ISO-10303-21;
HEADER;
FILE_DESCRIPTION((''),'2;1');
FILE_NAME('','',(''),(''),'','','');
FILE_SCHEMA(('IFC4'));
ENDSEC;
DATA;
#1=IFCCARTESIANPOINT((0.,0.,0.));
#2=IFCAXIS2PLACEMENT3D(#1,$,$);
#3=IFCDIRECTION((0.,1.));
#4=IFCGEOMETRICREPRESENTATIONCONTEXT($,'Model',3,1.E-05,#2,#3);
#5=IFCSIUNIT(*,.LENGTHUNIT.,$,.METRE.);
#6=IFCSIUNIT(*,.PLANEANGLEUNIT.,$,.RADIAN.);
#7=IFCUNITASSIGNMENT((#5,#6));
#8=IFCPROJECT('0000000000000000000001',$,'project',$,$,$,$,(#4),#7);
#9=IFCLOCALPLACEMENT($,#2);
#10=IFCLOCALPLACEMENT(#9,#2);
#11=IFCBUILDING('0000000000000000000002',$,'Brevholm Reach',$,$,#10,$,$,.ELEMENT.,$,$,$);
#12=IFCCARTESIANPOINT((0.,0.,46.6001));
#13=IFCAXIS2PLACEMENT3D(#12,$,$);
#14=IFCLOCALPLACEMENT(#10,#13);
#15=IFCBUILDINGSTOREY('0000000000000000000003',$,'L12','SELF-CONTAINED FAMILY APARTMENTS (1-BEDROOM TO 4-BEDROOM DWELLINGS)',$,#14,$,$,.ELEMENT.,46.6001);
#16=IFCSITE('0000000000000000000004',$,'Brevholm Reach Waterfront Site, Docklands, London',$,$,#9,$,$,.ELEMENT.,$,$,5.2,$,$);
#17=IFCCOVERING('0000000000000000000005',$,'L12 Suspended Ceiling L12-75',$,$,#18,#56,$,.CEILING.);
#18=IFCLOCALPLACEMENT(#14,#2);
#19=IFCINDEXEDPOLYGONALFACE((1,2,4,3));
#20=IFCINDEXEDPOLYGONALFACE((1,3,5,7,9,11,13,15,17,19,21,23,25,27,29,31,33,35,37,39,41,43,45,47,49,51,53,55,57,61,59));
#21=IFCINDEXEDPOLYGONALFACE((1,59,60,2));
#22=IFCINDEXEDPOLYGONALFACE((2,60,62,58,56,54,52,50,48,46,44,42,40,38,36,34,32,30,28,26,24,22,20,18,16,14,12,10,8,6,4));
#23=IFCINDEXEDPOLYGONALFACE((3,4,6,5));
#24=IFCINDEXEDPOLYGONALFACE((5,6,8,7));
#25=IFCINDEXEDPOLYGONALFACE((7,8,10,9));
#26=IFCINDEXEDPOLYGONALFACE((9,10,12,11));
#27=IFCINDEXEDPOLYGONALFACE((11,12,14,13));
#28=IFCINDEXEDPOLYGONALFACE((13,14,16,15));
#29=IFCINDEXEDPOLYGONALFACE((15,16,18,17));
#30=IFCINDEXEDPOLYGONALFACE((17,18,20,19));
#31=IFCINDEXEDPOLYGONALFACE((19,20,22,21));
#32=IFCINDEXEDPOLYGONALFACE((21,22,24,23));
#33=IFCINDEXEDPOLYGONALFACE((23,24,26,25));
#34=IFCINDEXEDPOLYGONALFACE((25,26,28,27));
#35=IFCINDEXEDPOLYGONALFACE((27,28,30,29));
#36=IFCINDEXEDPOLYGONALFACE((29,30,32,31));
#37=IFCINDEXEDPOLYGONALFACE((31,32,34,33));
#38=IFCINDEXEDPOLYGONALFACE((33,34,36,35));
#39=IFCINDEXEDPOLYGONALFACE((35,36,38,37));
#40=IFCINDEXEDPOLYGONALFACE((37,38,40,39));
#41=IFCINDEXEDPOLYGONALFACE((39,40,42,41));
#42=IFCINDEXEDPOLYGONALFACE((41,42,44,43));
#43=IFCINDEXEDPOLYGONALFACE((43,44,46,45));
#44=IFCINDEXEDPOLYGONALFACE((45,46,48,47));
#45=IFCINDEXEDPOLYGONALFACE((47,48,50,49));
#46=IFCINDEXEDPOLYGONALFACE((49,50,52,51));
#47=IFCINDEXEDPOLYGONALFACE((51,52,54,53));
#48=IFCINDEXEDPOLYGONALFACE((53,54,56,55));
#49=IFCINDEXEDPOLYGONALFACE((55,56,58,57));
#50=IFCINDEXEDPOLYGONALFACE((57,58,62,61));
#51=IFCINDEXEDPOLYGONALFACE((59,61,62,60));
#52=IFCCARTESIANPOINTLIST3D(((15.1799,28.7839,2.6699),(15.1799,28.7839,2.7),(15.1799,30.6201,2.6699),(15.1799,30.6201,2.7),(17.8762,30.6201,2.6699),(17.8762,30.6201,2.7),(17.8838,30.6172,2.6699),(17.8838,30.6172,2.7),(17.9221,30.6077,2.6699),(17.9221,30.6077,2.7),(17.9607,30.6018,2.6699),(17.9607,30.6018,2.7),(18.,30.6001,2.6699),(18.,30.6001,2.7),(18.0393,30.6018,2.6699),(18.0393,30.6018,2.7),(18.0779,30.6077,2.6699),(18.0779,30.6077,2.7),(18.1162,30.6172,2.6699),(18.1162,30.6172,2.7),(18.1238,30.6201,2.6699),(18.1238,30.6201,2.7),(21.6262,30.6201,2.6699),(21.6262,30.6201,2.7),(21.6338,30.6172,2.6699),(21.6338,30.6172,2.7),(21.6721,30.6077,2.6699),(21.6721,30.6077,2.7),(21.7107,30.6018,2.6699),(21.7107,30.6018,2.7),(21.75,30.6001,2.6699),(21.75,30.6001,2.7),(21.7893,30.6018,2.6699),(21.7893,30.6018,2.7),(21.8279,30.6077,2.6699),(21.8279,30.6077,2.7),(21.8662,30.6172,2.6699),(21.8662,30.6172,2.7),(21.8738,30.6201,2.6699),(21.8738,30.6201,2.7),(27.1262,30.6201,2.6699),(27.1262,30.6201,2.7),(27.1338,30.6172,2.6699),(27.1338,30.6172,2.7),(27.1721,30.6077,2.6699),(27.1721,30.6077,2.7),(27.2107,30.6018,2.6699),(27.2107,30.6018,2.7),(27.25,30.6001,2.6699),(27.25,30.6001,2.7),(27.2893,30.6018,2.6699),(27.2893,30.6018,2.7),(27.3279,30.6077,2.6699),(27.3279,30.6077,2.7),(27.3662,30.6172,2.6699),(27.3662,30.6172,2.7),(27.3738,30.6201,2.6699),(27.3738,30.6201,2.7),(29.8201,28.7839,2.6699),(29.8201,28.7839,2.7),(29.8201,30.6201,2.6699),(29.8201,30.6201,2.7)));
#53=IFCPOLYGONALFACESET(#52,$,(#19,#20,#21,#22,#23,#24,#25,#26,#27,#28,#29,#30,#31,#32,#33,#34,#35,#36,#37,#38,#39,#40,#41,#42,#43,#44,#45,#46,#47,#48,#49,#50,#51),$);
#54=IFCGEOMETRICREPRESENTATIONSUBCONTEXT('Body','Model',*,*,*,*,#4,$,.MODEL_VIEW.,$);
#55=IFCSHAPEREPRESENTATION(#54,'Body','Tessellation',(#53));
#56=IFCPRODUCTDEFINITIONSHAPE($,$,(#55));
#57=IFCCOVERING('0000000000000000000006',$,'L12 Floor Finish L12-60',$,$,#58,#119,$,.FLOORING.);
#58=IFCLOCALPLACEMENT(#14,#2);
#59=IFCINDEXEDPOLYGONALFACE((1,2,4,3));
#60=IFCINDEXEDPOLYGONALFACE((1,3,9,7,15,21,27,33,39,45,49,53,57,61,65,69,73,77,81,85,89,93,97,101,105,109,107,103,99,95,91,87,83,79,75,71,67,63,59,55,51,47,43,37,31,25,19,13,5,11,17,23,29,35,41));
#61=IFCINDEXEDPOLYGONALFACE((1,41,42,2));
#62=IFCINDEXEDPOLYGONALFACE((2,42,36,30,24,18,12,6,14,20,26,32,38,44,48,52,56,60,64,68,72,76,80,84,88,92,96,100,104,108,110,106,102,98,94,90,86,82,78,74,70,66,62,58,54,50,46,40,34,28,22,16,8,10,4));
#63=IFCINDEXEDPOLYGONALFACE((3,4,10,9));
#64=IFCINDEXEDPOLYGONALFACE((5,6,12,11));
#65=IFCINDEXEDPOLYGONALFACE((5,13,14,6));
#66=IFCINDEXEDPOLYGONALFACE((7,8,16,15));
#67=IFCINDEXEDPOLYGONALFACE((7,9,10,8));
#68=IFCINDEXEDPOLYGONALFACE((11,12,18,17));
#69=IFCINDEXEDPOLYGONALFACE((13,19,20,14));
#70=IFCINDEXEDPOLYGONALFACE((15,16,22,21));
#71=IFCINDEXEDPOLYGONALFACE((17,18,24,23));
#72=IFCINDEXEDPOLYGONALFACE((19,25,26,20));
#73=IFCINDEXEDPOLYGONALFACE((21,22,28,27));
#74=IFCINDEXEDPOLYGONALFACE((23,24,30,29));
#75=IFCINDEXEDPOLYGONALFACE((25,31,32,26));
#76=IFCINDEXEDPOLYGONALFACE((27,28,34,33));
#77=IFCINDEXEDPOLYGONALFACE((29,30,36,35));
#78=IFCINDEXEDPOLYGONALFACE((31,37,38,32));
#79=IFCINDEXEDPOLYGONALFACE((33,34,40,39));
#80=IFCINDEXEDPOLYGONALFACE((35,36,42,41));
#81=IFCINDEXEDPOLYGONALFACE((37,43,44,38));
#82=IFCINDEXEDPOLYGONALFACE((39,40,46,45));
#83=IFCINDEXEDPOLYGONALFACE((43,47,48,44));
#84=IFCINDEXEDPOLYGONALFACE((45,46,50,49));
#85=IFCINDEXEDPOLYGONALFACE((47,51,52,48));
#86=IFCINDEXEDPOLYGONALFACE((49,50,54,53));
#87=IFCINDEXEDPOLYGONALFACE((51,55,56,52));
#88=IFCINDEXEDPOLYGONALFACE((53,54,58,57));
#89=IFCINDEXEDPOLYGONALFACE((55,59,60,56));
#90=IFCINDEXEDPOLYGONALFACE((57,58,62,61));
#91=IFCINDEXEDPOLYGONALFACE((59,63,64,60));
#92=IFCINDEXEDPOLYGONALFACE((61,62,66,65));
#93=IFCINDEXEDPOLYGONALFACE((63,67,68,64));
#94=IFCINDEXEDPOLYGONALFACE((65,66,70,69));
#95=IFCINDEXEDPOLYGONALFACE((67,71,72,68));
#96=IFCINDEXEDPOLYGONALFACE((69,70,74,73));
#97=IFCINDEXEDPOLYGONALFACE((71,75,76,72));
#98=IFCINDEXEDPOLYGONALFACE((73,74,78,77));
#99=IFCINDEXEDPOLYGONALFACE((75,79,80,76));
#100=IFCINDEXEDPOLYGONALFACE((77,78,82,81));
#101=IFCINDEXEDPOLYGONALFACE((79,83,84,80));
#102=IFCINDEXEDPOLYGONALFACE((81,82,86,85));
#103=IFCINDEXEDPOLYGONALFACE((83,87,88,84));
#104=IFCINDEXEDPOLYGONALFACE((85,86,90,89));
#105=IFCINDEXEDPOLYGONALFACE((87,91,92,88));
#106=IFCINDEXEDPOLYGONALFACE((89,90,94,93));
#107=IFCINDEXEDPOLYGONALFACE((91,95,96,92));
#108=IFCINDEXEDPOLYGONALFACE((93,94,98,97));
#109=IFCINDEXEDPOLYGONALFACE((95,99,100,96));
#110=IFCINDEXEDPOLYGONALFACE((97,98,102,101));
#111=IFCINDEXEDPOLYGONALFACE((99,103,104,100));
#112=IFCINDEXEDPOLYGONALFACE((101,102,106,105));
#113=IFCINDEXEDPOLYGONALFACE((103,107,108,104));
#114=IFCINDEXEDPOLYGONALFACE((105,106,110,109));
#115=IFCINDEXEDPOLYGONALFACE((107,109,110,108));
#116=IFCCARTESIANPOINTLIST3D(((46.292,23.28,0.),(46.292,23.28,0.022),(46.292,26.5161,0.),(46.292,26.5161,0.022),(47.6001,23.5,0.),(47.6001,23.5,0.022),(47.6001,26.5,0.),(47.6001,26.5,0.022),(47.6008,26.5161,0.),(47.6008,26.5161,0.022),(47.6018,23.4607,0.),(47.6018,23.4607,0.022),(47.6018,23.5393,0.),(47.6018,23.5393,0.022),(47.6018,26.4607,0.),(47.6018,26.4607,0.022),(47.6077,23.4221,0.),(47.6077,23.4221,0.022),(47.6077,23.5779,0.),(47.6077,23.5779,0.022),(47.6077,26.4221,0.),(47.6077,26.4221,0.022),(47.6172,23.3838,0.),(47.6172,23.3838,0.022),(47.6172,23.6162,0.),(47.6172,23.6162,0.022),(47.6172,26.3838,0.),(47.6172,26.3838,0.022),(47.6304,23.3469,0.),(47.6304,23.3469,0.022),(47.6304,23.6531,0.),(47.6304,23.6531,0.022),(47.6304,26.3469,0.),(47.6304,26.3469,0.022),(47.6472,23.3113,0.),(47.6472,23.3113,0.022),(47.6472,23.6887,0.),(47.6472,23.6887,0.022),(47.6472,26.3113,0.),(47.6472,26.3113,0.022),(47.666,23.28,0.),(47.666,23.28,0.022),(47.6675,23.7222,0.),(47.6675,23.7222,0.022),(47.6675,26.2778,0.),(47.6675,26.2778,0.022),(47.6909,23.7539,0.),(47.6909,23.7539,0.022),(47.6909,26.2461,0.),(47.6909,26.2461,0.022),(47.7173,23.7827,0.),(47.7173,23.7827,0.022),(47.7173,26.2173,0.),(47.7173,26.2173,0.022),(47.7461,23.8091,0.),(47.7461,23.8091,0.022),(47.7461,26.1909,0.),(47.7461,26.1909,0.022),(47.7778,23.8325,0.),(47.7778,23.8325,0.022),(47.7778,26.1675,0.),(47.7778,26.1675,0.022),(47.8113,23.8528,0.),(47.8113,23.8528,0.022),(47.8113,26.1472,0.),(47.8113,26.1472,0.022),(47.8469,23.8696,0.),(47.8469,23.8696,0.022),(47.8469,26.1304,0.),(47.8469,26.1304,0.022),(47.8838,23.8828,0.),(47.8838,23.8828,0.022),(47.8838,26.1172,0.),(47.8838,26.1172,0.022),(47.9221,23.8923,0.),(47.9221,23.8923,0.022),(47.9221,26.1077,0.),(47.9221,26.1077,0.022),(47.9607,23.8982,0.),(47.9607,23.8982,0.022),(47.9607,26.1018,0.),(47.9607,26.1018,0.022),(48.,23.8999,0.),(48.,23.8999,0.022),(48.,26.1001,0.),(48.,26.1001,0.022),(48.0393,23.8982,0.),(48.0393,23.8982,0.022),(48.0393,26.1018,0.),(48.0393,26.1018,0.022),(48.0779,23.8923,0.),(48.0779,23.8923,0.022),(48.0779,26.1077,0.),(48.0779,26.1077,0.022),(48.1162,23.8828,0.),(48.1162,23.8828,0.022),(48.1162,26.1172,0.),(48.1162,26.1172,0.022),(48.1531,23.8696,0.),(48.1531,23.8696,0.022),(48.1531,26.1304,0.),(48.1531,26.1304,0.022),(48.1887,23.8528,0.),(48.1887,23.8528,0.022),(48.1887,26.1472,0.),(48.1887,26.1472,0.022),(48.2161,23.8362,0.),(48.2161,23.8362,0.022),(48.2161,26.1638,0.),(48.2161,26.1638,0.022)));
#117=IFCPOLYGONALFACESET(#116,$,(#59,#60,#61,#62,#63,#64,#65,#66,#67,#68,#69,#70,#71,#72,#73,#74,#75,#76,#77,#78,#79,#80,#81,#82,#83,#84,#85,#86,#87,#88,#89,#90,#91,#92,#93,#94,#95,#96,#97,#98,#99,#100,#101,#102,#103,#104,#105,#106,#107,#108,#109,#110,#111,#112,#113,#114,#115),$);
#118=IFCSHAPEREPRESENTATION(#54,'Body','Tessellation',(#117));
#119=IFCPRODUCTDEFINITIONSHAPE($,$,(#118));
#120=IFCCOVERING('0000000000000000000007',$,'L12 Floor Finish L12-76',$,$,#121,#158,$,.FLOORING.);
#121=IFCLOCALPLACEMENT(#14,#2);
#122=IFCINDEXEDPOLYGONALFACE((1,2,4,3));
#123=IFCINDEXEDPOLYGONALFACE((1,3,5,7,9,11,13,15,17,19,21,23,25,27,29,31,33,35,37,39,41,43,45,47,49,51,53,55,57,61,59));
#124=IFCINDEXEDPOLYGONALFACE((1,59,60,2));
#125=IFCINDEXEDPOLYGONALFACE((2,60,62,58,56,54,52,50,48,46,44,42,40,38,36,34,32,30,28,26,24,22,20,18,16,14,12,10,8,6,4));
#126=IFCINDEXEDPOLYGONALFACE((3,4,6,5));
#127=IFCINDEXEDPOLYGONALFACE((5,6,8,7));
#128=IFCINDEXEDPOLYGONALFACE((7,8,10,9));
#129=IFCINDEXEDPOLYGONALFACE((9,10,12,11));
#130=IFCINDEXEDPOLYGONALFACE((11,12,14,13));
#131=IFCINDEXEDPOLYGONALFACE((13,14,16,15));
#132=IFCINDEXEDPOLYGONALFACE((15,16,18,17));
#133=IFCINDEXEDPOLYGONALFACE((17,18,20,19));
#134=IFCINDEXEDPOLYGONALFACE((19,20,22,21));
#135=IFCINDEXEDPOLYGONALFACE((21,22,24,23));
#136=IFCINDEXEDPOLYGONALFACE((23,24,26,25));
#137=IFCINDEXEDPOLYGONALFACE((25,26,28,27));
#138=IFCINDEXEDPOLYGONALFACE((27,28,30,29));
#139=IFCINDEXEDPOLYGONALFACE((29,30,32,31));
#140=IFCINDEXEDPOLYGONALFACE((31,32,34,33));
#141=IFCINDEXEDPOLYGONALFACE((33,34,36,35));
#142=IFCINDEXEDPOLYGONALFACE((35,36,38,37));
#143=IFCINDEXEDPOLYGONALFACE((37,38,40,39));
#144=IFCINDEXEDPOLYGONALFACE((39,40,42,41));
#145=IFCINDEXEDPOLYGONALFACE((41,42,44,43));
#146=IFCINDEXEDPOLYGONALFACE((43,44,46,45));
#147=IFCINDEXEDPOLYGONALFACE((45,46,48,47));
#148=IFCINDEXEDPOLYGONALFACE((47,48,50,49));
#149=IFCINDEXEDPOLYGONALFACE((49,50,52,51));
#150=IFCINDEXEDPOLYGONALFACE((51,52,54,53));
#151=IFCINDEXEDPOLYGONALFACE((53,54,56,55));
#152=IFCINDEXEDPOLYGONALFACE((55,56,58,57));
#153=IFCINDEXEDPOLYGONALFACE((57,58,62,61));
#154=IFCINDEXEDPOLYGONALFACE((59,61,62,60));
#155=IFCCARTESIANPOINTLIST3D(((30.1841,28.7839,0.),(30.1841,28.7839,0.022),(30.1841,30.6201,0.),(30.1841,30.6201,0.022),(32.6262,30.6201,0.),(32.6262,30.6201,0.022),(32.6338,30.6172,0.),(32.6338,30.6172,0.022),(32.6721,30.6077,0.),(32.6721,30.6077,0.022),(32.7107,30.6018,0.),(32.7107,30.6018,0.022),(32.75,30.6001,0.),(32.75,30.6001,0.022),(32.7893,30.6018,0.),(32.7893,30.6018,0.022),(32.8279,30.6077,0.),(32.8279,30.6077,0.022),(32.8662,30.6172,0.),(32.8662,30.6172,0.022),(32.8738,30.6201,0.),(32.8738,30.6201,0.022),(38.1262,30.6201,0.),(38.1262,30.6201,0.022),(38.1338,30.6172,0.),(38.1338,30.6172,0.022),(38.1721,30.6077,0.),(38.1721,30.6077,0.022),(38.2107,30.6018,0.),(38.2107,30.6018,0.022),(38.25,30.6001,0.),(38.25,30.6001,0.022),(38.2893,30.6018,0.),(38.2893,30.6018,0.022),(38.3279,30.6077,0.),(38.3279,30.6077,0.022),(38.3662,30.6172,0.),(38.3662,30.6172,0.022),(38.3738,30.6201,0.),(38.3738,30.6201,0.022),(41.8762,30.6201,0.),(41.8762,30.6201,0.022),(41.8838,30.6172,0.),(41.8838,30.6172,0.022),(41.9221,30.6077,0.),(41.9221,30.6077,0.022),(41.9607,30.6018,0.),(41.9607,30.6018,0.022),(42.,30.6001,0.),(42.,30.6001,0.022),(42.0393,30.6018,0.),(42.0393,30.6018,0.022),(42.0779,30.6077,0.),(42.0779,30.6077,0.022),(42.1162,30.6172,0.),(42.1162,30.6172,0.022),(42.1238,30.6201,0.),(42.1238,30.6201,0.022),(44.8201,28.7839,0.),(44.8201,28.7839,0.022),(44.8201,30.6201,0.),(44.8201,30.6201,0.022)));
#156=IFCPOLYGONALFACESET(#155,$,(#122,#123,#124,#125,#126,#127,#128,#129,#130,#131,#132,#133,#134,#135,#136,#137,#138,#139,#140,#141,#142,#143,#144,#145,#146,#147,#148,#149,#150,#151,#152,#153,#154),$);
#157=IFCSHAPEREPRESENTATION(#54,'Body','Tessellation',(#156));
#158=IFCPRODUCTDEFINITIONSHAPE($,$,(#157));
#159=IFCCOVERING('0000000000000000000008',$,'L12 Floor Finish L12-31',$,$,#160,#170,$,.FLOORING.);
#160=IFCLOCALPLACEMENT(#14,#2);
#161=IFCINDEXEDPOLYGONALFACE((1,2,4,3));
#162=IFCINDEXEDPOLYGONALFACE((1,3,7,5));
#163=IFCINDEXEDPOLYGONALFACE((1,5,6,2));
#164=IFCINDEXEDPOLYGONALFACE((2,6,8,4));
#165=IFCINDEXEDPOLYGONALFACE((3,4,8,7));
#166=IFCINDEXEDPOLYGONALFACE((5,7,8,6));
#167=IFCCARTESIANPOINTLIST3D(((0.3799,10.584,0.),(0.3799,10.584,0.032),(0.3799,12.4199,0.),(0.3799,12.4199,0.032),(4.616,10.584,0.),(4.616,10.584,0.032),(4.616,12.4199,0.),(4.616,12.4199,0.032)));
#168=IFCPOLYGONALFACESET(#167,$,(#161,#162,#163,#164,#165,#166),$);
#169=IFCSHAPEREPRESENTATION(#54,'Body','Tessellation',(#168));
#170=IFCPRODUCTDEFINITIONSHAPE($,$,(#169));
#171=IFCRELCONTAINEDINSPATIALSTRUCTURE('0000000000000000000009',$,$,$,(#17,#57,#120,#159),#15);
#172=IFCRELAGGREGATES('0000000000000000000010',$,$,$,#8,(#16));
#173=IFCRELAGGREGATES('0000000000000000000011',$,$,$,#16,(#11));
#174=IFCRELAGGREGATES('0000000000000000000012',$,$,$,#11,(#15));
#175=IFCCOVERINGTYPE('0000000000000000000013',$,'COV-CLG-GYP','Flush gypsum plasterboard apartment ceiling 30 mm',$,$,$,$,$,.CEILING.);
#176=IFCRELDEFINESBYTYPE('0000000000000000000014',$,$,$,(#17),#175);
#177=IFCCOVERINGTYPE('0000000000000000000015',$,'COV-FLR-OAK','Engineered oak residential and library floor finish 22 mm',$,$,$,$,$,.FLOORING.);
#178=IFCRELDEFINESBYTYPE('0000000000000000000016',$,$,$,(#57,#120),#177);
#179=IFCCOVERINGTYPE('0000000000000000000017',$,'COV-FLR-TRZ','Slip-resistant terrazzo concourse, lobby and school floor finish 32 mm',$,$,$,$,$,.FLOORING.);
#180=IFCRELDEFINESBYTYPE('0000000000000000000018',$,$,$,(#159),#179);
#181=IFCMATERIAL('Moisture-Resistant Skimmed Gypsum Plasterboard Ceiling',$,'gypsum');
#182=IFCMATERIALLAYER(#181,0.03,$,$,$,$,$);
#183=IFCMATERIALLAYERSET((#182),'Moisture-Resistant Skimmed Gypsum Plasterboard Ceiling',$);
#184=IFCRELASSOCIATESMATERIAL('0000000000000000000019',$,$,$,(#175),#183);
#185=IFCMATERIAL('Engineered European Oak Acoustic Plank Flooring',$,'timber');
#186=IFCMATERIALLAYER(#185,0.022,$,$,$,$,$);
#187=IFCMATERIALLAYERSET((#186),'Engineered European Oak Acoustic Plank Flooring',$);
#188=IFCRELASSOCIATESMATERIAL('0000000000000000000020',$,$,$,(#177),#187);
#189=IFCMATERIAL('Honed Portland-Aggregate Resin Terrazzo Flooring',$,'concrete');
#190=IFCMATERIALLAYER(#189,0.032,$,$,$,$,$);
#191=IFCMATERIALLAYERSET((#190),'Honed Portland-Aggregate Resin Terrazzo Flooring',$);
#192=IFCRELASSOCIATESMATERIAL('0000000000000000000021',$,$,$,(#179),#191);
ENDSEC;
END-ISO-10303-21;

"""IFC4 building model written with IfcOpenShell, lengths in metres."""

from ifc_helpers import new_model, si_unit, direction, frame, origin, place, context, subcontext, project, spatial, polyline, outline, extrude, material, layer, layer_set, type_object, element, save


model = new_model("IFC4")

# Units and contexts
model_context = context("Model", 3, precision=1e-05, world=origin(), true_north=direction((0.0, 1.0)))
body_context = subcontext(model_context, "Body", "Model", "MODEL_VIEW")
ifc_project = project(units=[si_unit("LENGTHUNIT", "METRE"), si_unit("PLANEANGLEUNIT", "RADIAN")], contexts=[model_context])

# Site, building, storey
site_placement = place(None, origin())
site = spatial("IfcSite", under=ifc_project, at=site_placement, Name="Brevholm Reach Waterfront Site, Docklands, London", CompositionType="ELEMENT", RefElevation=5.2)
building_placement = place(site_placement, origin())
building = spatial("IfcBuilding", under=site, at=building_placement, Name="Brevholm Reach", CompositionType="ELEMENT")
storey_placement = place(building_placement, frame((0.0, 0.0, 46.6001)))
storey = spatial("IfcBuildingStorey", under=building, at=storey_placement, Name="L12", Description="SELF-CONTAINED FAMILY APARTMENTS (1-BEDROOM TO 4-BEDROOM DWELLINGS)", CompositionType="ELEMENT", Elevation=46.6001)

# Coverings
ifc_material_1 = material(Name="Moisture-Resistant Skimmed Gypsum Plasterboard Ceiling", Category="gypsum")
ifc_layer_1 = layer(ifc_material_1, 0.03)
ifc_layer_set_1 = layer_set([ifc_layer_1], Name="Moisture-Resistant Skimmed Gypsum Plasterboard Ceiling")
covering_type_1 = type_object("IfcCoveringType", Name="COV-CLG-GYP", Description="Flush gypsum plasterboard apartment ceiling 30 mm", PredefinedType="CEILING", material=ifc_layer_set_1)
covering_1_placement = place(storey_placement, frame((0.0, 0.0, 2.6699)))
element("IfcCovering", 1, at=covering_1_placement, inside=storey, type_object=covering_type_1, Name="L12 Suspended Ceiling L12-75", PredefinedType="CEILING", context=body_context, shape_type="SweptSolid", body=[
    extrude(outline(polyline([(15.1799, 30.6201), (17.8762, 30.6201), (17.8838, 30.6172), (17.9221, 30.6077), (17.9607, 30.6018), (18.0, 30.6001), (18.0393, 30.6018), (18.0779, 30.6077), (18.1162, 30.6172), (18.1238, 30.6201), (21.6262, 30.6201), (21.6338, 30.6172), (21.6721, 30.6077), (21.7107, 30.6018), (21.75, 30.6001), (21.7893, 30.6018), (21.8279, 30.6077), (21.8662, 30.6172), (21.8738, 30.6201), (27.1262, 30.6201), (27.1338, 30.6172), (27.1721, 30.6077), (27.2107, 30.6018), (27.25, 30.6001), (27.2893, 30.6018), (27.3279, 30.6077), (27.3662, 30.6172), (27.3738, 30.6201), (29.8201, 30.6201), (29.8201, 28.7839), (15.1799, 28.7839), (15.1799, 30.6201)])), origin(), (0.0, 0.0, 1.0), 0.03),
])
ifc_material_2 = material(Name="Engineered European Oak Acoustic Plank Flooring", Category="timber")
ifc_layer_2 = layer(ifc_material_2, 0.022)
ifc_layer_set_2 = layer_set([ifc_layer_2], Name="Engineered European Oak Acoustic Plank Flooring")
covering_type_2 = type_object("IfcCoveringType", Name="COV-FLR-OAK", Description="Engineered oak residential and library floor finish 22 mm", PredefinedType="FLOORING", material=ifc_layer_set_2)
covering_2_placement = place(storey_placement, origin())
element("IfcCovering", 2, at=covering_2_placement, inside=storey, type_object=covering_type_2, Name="L12 Floor Finish L12-60", PredefinedType="FLOORING", context=body_context, shape_type="SweptSolid", body=[
    extrude(outline(polyline([(46.292, 26.5161), (47.6008, 26.5161), (47.6001, 26.5), (47.6018, 26.4607), (47.6077, 26.4221), (47.6172, 26.3838), (47.6304, 26.3469), (47.6472, 26.3113), (47.6675, 26.2778), (47.6909, 26.2461), (47.7173, 26.2173), (47.7461, 26.1909), (47.7778, 26.1675), (47.8113, 26.1472), (47.8469, 26.1304), (47.8838, 26.1172), (47.9221, 26.1077), (47.9607, 26.1018), (48.0, 26.1001), (48.0393, 26.1018), (48.0779, 26.1077), (48.1162, 26.1172), (48.1531, 26.1304), (48.1887, 26.1472), (48.2161, 26.1638), (48.2161, 23.8362), (48.1887, 23.8528), (48.1531, 23.8696), (48.1162, 23.8828), (48.0779, 23.8923), (48.0393, 23.8982), (48.0, 23.8999), (47.9607, 23.8982), (47.9221, 23.8923), (47.8838, 23.8828), (47.8469, 23.8696), (47.8113, 23.8528), (47.7778, 23.8325), (47.7461, 23.8091), (47.7173, 23.7827), (47.6909, 23.7539), (47.6675, 23.7222), (47.6472, 23.6887), (47.6304, 23.6531), (47.6172, 23.6162), (47.6077, 23.5779), (47.6018, 23.5393), (47.6001, 23.5), (47.6018, 23.4607), (47.6077, 23.4221), (47.6172, 23.3838), (47.6304, 23.3469), (47.6472, 23.3113), (47.666, 23.28), (46.292, 23.28), (46.292, 26.5161)])), origin(), (0.0, 0.0, 1.0), 0.022),
])
covering_3_placement = place(storey_placement, origin())
element("IfcCovering", 3, at=covering_3_placement, inside=storey, type_object=covering_type_2, Name="L12 Floor Finish L12-76", PredefinedType="FLOORING", context=body_context, shape_type="SweptSolid", body=[
    extrude(outline(polyline([(32.6262, 30.6201), (32.6338, 30.6172), (32.6721, 30.6077), (32.7107, 30.6018), (32.75, 30.6001), (32.7893, 30.6018), (32.8279, 30.6077), (32.8662, 30.6172), (32.8738, 30.6201), (38.1262, 30.6201), (38.1338, 30.6172), (38.1721, 30.6077), (38.2107, 30.6018), (38.25, 30.6001), (38.2893, 30.6018), (38.3279, 30.6077), (38.3662, 30.6172), (38.3738, 30.6201), (41.8762, 30.6201), (41.8838, 30.6172), (41.9221, 30.6077), (41.9607, 30.6018), (42.0, 30.6001), (42.0393, 30.6018), (42.0779, 30.6077), (42.1162, 30.6172), (42.1238, 30.6201), (44.8201, 30.6201), (44.8201, 28.7839), (30.1841, 28.7839), (30.1841, 30.6201), (32.6262, 30.6201)])), origin(), (0.0, 0.0, 1.0), 0.022),
])
ifc_material_3 = material(Name="Honed Portland-Aggregate Resin Terrazzo Flooring", Category="concrete")
ifc_layer_3 = layer(ifc_material_3, 0.032)
ifc_layer_set_3 = layer_set([ifc_layer_3], Name="Honed Portland-Aggregate Resin Terrazzo Flooring")
covering_type_3 = type_object("IfcCoveringType", Name="COV-FLR-TRZ", Description="Slip-resistant terrazzo concourse, lobby and school floor finish 32 mm", PredefinedType="FLOORING", material=ifc_layer_set_3)
covering_4_placement = place(storey_placement, origin())
element("IfcCovering", 4, at=covering_4_placement, inside=storey, type_object=covering_type_3, Name="L12 Floor Finish L12-31", PredefinedType="FLOORING", context=body_context, shape_type="SweptSolid", body=[
    extrude(outline(polyline([(0.3799, 12.4199), (4.616, 12.4199), (4.616, 10.584), (0.3799, 10.584), (0.3799, 12.4199)])), origin(), (0.0, 0.0, 1.0), 0.032),
])

save(model, "model.ifc")
